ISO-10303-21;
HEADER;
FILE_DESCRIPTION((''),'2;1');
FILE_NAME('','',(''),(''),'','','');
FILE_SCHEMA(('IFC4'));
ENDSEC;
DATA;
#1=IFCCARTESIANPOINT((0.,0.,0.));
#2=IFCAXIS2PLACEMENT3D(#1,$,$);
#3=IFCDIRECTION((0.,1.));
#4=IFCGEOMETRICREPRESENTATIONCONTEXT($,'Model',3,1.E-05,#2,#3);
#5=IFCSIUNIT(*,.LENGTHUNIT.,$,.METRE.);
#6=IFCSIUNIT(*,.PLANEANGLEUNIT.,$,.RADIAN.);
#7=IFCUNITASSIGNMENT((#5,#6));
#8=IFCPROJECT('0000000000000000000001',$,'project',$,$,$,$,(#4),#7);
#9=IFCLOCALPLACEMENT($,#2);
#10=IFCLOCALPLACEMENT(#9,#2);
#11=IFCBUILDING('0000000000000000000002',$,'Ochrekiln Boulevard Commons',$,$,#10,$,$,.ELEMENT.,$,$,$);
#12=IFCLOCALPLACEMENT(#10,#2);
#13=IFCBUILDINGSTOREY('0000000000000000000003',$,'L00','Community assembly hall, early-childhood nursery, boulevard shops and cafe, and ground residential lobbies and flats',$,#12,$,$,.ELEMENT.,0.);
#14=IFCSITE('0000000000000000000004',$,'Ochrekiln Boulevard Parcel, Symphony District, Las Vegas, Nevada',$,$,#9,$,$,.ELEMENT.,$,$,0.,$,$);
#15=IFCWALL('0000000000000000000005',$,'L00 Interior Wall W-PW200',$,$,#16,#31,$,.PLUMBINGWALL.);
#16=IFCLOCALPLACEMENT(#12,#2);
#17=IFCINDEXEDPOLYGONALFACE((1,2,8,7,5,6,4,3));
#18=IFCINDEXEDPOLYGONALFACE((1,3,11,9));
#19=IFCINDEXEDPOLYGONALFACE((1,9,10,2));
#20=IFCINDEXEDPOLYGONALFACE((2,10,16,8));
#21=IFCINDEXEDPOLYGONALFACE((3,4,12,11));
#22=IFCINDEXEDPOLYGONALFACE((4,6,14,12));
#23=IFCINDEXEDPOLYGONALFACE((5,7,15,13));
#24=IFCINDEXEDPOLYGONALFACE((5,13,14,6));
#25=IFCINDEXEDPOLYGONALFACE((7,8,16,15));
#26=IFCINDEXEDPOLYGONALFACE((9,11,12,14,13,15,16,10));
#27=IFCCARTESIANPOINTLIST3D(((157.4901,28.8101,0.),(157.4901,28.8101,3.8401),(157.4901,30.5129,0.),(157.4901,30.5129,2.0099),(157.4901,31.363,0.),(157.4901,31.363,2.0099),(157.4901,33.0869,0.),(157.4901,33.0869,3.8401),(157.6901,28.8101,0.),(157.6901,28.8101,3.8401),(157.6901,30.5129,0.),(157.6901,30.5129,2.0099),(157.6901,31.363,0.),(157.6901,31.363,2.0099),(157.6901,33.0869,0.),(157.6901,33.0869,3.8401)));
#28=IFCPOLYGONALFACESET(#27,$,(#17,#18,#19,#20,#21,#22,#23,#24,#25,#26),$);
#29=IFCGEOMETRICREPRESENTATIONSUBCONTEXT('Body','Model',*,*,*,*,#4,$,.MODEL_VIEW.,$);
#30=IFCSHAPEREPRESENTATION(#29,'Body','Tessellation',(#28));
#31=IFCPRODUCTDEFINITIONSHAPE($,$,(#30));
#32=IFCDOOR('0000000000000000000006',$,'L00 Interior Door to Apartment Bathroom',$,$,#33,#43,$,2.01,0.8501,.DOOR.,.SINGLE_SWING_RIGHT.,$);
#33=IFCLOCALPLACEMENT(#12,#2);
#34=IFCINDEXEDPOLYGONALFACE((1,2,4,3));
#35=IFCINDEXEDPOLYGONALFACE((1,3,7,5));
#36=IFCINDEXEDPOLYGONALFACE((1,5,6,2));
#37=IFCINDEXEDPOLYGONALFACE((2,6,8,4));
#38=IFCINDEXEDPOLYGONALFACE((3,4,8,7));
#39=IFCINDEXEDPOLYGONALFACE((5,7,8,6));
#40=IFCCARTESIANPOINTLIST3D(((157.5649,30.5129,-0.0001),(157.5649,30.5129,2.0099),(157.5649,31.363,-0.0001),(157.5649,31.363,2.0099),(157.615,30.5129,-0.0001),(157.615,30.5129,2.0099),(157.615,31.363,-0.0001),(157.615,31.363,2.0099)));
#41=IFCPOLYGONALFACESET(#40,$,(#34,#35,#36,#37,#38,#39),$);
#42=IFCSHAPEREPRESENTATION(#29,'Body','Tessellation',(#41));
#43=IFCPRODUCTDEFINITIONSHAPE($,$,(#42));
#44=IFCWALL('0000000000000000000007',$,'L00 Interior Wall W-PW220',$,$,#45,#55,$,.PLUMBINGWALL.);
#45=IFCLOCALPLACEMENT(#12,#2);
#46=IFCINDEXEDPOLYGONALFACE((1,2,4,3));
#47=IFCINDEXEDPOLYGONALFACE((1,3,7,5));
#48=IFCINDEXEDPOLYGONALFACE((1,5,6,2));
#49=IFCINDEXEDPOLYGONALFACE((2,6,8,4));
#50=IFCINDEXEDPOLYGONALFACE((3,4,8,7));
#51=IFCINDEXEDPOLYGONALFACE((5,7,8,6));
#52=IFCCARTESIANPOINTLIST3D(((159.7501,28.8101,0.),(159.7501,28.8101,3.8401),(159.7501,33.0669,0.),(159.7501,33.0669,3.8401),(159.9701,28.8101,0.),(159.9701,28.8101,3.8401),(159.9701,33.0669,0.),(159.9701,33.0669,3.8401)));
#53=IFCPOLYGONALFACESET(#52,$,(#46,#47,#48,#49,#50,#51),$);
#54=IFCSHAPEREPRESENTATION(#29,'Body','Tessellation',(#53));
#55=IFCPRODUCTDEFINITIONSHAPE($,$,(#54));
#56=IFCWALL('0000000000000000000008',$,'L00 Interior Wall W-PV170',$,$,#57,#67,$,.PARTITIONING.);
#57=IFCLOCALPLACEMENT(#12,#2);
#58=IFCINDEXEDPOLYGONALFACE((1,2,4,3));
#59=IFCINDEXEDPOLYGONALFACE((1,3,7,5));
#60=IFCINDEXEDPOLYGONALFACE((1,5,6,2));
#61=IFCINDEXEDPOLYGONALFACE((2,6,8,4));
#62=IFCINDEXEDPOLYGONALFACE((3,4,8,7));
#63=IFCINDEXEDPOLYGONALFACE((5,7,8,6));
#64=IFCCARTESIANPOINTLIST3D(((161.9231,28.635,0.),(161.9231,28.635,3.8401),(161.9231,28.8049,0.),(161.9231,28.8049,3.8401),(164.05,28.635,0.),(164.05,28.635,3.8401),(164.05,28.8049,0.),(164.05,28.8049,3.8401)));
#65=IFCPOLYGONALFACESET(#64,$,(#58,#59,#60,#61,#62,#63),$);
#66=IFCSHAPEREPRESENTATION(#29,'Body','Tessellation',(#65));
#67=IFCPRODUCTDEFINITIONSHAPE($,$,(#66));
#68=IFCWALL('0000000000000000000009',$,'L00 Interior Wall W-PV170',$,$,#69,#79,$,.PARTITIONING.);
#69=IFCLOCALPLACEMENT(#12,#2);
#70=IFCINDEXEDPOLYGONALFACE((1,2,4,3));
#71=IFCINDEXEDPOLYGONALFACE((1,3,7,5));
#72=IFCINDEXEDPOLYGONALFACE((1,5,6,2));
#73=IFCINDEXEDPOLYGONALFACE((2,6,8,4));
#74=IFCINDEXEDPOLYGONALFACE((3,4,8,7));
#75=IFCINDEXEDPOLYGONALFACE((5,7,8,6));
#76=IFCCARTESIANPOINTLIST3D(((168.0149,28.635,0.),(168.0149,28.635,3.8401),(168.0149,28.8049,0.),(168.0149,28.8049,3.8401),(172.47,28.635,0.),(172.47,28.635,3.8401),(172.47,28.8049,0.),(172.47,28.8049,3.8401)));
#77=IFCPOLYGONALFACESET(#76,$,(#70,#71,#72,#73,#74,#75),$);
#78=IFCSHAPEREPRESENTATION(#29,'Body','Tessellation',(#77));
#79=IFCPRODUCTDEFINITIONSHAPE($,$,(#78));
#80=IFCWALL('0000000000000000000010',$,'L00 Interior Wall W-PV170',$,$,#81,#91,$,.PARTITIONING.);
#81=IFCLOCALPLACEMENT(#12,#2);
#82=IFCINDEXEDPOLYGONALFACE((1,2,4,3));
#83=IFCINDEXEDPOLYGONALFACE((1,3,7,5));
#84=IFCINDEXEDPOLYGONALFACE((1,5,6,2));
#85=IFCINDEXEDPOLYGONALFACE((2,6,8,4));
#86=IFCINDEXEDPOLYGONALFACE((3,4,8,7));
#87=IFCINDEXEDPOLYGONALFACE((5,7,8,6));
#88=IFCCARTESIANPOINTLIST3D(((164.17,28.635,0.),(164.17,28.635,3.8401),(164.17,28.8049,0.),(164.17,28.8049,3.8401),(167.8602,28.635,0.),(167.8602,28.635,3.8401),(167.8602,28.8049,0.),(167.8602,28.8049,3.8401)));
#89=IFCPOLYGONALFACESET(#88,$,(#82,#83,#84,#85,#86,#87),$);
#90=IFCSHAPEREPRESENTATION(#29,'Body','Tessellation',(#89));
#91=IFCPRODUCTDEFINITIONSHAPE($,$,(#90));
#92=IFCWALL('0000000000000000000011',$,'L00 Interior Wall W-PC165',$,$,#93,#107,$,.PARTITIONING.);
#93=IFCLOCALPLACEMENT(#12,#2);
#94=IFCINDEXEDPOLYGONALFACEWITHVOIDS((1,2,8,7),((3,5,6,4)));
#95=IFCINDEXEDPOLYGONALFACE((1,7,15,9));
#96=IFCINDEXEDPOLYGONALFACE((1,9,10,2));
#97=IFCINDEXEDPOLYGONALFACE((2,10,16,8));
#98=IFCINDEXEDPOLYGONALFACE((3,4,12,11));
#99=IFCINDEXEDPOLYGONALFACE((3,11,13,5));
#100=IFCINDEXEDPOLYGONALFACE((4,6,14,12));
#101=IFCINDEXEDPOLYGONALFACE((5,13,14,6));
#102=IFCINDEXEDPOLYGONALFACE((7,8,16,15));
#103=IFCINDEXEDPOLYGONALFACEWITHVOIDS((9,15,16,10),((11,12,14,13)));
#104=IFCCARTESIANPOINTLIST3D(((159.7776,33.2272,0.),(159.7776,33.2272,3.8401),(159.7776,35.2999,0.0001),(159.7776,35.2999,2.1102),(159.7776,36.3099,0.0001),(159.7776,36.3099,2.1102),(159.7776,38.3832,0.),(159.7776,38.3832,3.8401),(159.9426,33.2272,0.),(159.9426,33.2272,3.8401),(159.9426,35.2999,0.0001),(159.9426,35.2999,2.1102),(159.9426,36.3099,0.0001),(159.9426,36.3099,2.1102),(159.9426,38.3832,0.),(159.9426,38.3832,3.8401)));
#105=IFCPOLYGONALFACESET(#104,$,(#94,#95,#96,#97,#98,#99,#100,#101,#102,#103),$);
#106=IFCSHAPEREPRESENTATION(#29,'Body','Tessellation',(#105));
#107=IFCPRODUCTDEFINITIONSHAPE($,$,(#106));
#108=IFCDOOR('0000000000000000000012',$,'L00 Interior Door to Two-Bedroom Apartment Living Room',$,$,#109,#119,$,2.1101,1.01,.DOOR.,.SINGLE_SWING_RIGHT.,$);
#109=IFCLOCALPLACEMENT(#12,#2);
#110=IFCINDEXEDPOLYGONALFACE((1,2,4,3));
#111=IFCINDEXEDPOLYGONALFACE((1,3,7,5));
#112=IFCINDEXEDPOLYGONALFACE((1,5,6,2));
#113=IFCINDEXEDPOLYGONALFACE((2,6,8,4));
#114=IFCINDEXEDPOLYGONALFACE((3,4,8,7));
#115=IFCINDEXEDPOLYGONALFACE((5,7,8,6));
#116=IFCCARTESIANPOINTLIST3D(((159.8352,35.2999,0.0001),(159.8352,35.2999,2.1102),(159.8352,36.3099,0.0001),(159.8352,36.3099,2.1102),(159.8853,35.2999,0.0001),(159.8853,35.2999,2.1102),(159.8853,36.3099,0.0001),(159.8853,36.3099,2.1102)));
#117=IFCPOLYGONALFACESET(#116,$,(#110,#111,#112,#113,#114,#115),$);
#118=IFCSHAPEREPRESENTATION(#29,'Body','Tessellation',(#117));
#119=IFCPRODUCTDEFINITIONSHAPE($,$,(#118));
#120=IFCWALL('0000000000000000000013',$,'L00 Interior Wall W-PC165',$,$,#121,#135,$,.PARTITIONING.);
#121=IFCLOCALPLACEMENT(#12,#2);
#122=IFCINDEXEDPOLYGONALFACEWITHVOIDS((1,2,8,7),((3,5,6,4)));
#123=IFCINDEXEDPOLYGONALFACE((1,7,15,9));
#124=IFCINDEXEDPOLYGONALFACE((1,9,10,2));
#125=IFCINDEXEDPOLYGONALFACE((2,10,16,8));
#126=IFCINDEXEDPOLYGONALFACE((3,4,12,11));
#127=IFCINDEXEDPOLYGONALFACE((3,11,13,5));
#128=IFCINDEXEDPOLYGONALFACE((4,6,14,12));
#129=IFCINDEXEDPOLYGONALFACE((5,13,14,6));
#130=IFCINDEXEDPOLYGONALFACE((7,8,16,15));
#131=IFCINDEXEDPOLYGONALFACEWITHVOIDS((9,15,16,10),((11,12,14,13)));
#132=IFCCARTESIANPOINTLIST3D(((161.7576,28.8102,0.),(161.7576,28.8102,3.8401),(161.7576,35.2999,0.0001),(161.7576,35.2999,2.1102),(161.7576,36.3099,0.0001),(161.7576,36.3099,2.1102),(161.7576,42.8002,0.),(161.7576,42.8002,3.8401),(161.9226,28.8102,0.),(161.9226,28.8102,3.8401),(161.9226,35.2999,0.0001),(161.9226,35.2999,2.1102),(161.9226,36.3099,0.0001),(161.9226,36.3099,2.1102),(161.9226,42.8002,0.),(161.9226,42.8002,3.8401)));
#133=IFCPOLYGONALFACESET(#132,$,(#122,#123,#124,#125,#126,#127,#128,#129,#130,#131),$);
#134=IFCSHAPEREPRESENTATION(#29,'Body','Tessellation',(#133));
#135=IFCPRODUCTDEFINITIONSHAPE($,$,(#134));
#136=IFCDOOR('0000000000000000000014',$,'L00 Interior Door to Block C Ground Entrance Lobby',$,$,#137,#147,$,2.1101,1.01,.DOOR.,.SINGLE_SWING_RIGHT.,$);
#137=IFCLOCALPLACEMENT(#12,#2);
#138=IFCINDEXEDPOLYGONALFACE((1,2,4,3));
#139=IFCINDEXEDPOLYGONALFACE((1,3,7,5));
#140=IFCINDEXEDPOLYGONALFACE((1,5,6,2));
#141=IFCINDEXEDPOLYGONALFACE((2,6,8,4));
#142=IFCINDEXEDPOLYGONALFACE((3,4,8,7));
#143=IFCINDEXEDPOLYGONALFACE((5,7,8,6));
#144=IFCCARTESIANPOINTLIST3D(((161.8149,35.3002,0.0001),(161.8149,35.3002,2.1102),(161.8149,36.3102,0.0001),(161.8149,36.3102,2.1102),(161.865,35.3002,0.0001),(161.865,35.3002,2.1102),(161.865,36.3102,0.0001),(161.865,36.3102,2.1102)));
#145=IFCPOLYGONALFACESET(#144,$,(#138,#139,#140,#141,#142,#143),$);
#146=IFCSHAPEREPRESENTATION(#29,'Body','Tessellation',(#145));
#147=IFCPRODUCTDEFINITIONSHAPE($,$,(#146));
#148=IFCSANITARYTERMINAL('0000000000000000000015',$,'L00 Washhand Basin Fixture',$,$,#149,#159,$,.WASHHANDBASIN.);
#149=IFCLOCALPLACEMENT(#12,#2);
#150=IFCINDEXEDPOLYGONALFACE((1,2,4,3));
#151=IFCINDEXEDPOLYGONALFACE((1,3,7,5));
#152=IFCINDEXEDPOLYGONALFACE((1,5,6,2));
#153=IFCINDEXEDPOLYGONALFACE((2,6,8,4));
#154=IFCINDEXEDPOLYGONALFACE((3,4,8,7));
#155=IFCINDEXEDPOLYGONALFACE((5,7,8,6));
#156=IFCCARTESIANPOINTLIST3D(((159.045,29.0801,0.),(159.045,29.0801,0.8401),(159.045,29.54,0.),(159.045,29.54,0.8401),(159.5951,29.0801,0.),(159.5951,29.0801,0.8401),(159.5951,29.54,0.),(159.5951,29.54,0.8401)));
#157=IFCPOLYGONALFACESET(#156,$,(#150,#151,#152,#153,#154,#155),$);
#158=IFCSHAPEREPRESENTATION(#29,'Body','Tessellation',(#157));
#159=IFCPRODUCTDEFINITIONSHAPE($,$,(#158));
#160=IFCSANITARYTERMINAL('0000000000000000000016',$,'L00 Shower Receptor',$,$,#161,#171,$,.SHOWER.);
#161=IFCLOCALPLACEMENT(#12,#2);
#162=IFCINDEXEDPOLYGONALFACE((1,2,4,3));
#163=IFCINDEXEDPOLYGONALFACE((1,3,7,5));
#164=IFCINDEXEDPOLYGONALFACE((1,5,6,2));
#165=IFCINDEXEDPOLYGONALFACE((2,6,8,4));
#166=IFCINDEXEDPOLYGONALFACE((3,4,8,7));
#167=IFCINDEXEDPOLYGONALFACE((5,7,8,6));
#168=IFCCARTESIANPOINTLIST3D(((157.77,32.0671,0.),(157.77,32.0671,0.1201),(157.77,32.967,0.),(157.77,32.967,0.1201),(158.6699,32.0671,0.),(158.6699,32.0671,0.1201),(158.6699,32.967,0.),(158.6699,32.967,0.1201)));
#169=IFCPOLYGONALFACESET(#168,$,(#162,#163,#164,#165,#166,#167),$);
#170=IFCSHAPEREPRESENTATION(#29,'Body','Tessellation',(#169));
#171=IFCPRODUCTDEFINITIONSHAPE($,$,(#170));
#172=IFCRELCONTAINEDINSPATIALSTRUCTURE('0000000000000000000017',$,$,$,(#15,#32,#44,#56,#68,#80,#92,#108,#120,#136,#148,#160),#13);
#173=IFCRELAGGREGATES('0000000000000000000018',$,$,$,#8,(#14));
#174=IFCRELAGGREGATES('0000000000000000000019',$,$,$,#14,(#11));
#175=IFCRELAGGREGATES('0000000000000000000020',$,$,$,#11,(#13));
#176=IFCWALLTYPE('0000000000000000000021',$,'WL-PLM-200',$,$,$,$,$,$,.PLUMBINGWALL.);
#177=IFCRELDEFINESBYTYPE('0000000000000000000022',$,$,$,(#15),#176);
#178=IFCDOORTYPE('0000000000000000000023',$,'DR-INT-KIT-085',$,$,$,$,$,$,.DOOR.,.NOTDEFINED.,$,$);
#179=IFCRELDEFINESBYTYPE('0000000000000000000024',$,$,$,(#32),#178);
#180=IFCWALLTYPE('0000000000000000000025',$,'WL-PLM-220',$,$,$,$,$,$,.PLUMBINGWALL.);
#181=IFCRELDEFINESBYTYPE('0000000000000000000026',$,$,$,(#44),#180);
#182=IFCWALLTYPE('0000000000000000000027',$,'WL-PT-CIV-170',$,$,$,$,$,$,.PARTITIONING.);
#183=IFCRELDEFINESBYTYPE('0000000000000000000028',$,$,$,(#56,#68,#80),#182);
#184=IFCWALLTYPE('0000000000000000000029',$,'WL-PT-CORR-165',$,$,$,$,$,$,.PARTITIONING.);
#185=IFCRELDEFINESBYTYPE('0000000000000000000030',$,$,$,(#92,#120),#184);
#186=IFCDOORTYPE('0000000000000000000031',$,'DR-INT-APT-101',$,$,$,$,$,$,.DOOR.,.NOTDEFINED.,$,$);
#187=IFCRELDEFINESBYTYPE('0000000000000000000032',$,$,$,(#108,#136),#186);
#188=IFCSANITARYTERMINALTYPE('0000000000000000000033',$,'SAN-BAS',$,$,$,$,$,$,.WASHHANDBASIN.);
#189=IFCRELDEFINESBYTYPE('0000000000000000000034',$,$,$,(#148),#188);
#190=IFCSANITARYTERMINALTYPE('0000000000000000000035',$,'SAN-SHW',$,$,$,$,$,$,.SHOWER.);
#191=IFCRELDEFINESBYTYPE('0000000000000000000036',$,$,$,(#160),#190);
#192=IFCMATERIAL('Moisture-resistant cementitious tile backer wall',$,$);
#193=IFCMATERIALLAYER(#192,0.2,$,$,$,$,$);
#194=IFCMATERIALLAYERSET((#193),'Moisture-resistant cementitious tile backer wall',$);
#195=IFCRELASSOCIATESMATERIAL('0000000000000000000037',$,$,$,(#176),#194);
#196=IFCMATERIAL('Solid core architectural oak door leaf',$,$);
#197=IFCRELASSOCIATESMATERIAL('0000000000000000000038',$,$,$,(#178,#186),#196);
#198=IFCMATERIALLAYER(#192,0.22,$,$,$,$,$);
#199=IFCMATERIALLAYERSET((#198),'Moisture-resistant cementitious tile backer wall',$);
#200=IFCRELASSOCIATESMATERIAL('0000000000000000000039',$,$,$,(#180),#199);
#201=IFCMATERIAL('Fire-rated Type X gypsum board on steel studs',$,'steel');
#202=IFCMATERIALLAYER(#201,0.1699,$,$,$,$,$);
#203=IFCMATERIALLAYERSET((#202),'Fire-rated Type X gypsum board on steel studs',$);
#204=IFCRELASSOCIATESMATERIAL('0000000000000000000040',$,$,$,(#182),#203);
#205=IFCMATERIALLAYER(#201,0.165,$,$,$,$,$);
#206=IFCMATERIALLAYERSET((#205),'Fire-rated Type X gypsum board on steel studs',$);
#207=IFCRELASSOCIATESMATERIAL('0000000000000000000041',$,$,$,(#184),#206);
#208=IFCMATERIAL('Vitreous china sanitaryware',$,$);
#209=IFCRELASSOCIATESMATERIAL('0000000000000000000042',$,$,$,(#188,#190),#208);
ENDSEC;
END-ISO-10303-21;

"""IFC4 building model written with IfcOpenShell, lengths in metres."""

from ifc_helpers import new_model, si_unit, direction, frame, frame_2d, origin, origin_2d, place, context, subcontext, project, spatial, rectangle, extrude, material, layer, layer_set, type_object, element, fill, save


model = new_model("IFC4")

# Units and contexts
model_context = context("Model", 3, precision=1e-05, world=origin(), true_north=direction((0.0, 1.0)))
body_context = subcontext(model_context, "Body", "Model", "MODEL_VIEW")
ifc_project = project(units=[si_unit("LENGTHUNIT", "METRE"), si_unit("PLANEANGLEUNIT", "RADIAN")], contexts=[model_context])

# Site, building, storey
site_placement = place(None, origin())
site = spatial("IfcSite", under=ifc_project, at=site_placement, Name="Ochrekiln Boulevard Parcel, Symphony District, Las Vegas, Nevada", CompositionType="ELEMENT", RefElevation=0.0)
building_placement = place(site_placement, origin())
building = spatial("IfcBuilding", under=site, at=building_placement, Name="Ochrekiln Boulevard Commons", CompositionType="ELEMENT")
storey_placement = place(building_placement, origin())
storey = spatial("IfcBuildingStorey", under=building, at=storey_placement, Name="L00", Description="Community assembly hall, early-childhood nursery, boulevard shops and cafe, and ground residential lobbies and flats", CompositionType="ELEMENT", Elevation=0.0)

# Shared definitions
ifc_material_1 = material(Name="Moisture-resistant cementitious tile backer wall")
ifc_layer_1 = layer(ifc_material_1, 0.2)
ifc_layer_set_1 = layer_set([ifc_layer_1], Name="Moisture-resistant cementitious tile backer wall")
wall_type_1 = type_object("IfcWallType", Name="WL-PLM-200", PredefinedType="PLUMBINGWALL", material=ifc_layer_set_1)

# Wall, opening, door
ifc_material_2 = material(Name="Solid core architectural oak door leaf")
wall_1_placement = place(storey_placement, frame((157.5901, 28.8101, 0.0), z_axis=(0.0, 0.0, 1.0), x_axis=(0.0, 1.0, 0.0)))
wall_1 = element("IfcWall", 1, at=wall_1_placement, inside=storey, type_object=wall_type_1, Name="L00 Interior Wall W-PW200", PredefinedType="PLUMBINGWALL", context=body_context, shape_type="SweptSolid", body=[
    extrude(rectangle(XDim=4.2769, YDim=0.2, at=frame_2d((2.1384, 0.0))), origin(), (0.0, 0.0, 1.0), 3.8401),
])
opening_1_placement = place(wall_1_placement, frame((1.7029, 0.0, 0.0)))
opening_1 = element("IfcOpeningElement", 2, at=opening_1_placement, cuts=wall_1, PredefinedType="OPENING", context=body_context, shape_type="SweptSolid", body=[
    extrude(rectangle(XDim=0.8501, YDim=2.01, at=frame_2d((0.425, 1.0049))), frame((0.0, 0.1099, 0.0), z_axis=(0.0, -1.0, 0.0), x_axis=(1.0, 0.0, 0.0)), (0.0, 0.0, 1.0), 0.22),
])
door_type_1 = type_object("IfcDoorType", Name="DR-INT-KIT-085", OperationType="NOTDEFINED", PredefinedType="DOOR", material=ifc_material_2)
door_1_placement = place(opening_1_placement, frame((0.8501, 0.0, 0.0), z_axis=(0.0, 0.0, 1.0), x_axis=(-1.0, 0.0, 0.0)))
door_1 = element("IfcDoor", 3, at=door_1_placement, inside=storey, type_object=door_type_1, Name="L00 Interior Door to Apartment Bathroom", OperationType="SINGLE_SWING_RIGHT", OverallHeight=2.01, OverallWidth=0.8501, PredefinedType="DOOR", context=body_context, shape_type="SweptSolid", body=[
    extrude(rectangle(XDim=0.8501, YDim=2.01, at=frame_2d((0.425, 1.0049))), frame((0.0, 0.0249, 0.0), z_axis=(0.0, -1.0, 0.0), x_axis=(1.0, 0.0, 0.0)), (0.0, 0.0, 1.0), 0.05),
])
fill(opening_1, door_1)

# Walls
ifc_layer_2 = layer(ifc_material_1, 0.22)
ifc_layer_set_2 = layer_set([ifc_layer_2], Name="Moisture-resistant cementitious tile backer wall")
wall_type_2 = type_object("IfcWallType", Name="WL-PLM-220", PredefinedType="PLUMBINGWALL", material=ifc_layer_set_2)
wall_2_placement = place(storey_placement, frame((159.8601, 28.8101, 0.0), z_axis=(0.0, 0.0, 1.0), x_axis=(0.0, 1.0, 0.0)))
element("IfcWall", 4, at=wall_2_placement, inside=storey, type_object=wall_type_2, Name="L00 Interior Wall W-PW220", PredefinedType="PLUMBINGWALL", context=body_context, shape_type="SweptSolid", body=[
    extrude(rectangle(XDim=4.2568, YDim=0.22, at=frame_2d((2.1284, 0.0))), origin(), (0.0, 0.0, 1.0), 3.8401),
])
ifc_material_3 = material(Name="Fire-rated Type X gypsum board on steel studs", Category="steel")
ifc_layer_3 = layer(ifc_material_3, 0.1699)
ifc_layer_set_3 = layer_set([ifc_layer_3], Name="Fire-rated Type X gypsum board on steel studs")
wall_type_3 = type_object("IfcWallType", Name="WL-PT-CIV-170", PredefinedType="PARTITIONING", material=ifc_layer_set_3)
wall_3_placement = place(storey_placement, frame((161.9231, 28.72, 0.0), z_axis=(0.0, 0.0, 1.0), x_axis=(1.0, 0.0, 0.0)))
element("IfcWall", 5, at=wall_3_placement, inside=storey, type_object=wall_type_3, Name="L00 Interior Wall W-PV170", PredefinedType="PARTITIONING", context=body_context, shape_type="SweptSolid", body=[
    extrude(rectangle(XDim=2.127, YDim=0.1699, at=frame_2d((1.0635, 0.0))), origin(), (0.0, 0.0, 1.0), 3.8401),
])
wall_4_placement = place(storey_placement, frame((168.0149, 28.72, 0.0), z_axis=(0.0, 0.0, 1.0), x_axis=(1.0, 0.0, 0.0)))
element("IfcWall", 6, at=wall_4_placement, inside=storey, type_object=wall_type_3, Name="L00 Interior Wall W-PV170", PredefinedType="PARTITIONING", context=body_context, shape_type="SweptSolid", body=[
    extrude(rectangle(XDim=4.4551, YDim=0.1699, at=frame_2d((2.2275, 0.0))), origin(), (0.0, 0.0, 1.0), 3.8401),
])
wall_5_placement = place(storey_placement, frame((164.1699, 28.72, 0.0), z_axis=(0.0, 0.0, 1.0), x_axis=(1.0, 0.0, 0.0)))
element("IfcWall", 7, at=wall_5_placement, inside=storey, type_object=wall_type_3, Name="L00 Interior Wall W-PV170", PredefinedType="PARTITIONING", context=body_context, shape_type="SweptSolid", body=[
    extrude(rectangle(XDim=3.6902, YDim=0.1699, at=frame_2d((1.8452, 0.0))), origin(), (0.0, 0.0, 1.0), 3.8401),
])

# Walls, openings, doors
ifc_layer_4 = layer(ifc_material_3, 0.165)
ifc_layer_set_4 = layer_set([ifc_layer_4], Name="Fire-rated Type X gypsum board on steel studs")
wall_type_4 = type_object("IfcWallType", Name="WL-PT-CORR-165", PredefinedType="PARTITIONING", material=ifc_layer_set_4)
wall_6_placement = place(storey_placement, frame((159.8601, 33.2271, 0.0), z_axis=(0.0, 0.0, 1.0), x_axis=(0.0, 1.0, 0.0)))
wall_6 = element("IfcWall", 8, at=wall_6_placement, inside=storey, type_object=wall_type_4, Name="L00 Interior Wall W-PC165", PredefinedType="PARTITIONING", context=body_context, shape_type="SweptSolid", body=[
    extrude(rectangle(XDim=5.156, YDim=0.165, at=frame_2d((2.5781, 0.0))), origin(), (0.0, 0.0, 1.0), 3.8401),
])
opening_2_placement = place(wall_6_placement, frame((2.073, 0.0, 0.0)))
opening_2 = element("IfcOpeningElement", 9, at=opening_2_placement, cuts=wall_6, PredefinedType="OPENING", context=body_context, shape_type="SweptSolid", body=[
    extrude(rectangle(XDim=1.01, YDim=2.1101, at=frame_2d((0.5049, 1.0552))), frame((0.0, 0.0925, 0.0), z_axis=(0.0, -1.0, 0.0), x_axis=(1.0, 0.0, 0.0)), (0.0, 0.0, 1.0), 0.1851),
])
door_type_2 = type_object("IfcDoorType", Name="DR-INT-APT-101", OperationType="NOTDEFINED", PredefinedType="DOOR", material=ifc_material_2)
door_2_placement = place(opening_2_placement, origin())
door_2 = element("IfcDoor", 10, at=door_2_placement, inside=storey, type_object=door_type_2, Name="L00 Interior Door to Two-Bedroom Apartment Living Room", OperationType="SINGLE_SWING_RIGHT", OverallHeight=2.1101, OverallWidth=1.01, PredefinedType="DOOR", context=body_context, shape_type="SweptSolid", body=[
    extrude(rectangle(XDim=1.01, YDim=2.1101, at=frame_2d((0.5049, 1.0552))), frame((0.0, 0.0249, 0.0), z_axis=(0.0, -1.0, 0.0), x_axis=(1.0, 0.0, 0.0)), (0.0, 0.0, 1.0), 0.05),
])
fill(opening_2, door_2)
wall_7_placement = place(storey_placement, frame((161.8401, 28.8101, 0.0), z_axis=(0.0, 0.0, 1.0), x_axis=(0.0, 1.0, 0.0)))
wall_7 = element("IfcWall", 11, at=wall_7_placement, inside=storey, type_object=wall_type_4, Name="L00 Interior Wall W-PC165", PredefinedType="PARTITIONING", context=body_context, shape_type="SweptSolid", body=[
    extrude(rectangle(XDim=13.99, YDim=0.165, at=frame_2d((6.9951, 0.0))), origin(), (0.0, 0.0, 1.0), 3.8401),
])
opening_3_placement = place(wall_7_placement, frame((6.49, 0.0, 0.0)))
opening_3 = element("IfcOpeningElement", 12, at=opening_3_placement, cuts=wall_7, PredefinedType="OPENING", context=body_context, shape_type="SweptSolid", body=[
    extrude(rectangle(XDim=1.01, YDim=2.1101, at=frame_2d((0.5049, 1.0552))), frame((0.0, 0.0925, 0.0), z_axis=(0.0, -1.0, 0.0), x_axis=(1.0, 0.0, 0.0)), (0.0, 0.0, 1.0), 0.1851),
])
door_3_placement = place(opening_3_placement, frame((1.01, 0.0, 0.0), z_axis=(0.0, 0.0, 1.0), x_axis=(-1.0, 0.0, 0.0)))
door_3 = element("IfcDoor", 13, at=door_3_placement, inside=storey, type_object=door_type_2, Name="L00 Interior Door to Block C Ground Entrance Lobby", OperationType="SINGLE_SWING_RIGHT", OverallHeight=2.1101, OverallWidth=1.01, PredefinedType="DOOR", context=body_context, shape_type="SweptSolid", body=[
    extrude(rectangle(XDim=1.01, YDim=2.1101, at=frame_2d((0.5049, 1.0552))), frame((0.0, 0.0249, 0.0), z_axis=(0.0, -1.0, 0.0), x_axis=(1.0, 0.0, 0.0)), (0.0, 0.0, 1.0), 0.05),
])
fill(opening_3, door_3)

# Sanitary terminals
ifc_material_4 = material(Name="Vitreous china sanitaryware")
sanitary_terminal_type_1 = type_object("IfcSanitaryTerminalType", Name="SAN-BAS", PredefinedType="WASHHANDBASIN", material=ifc_material_4)
sanitary_terminal_1_placement = place(storey_placement, frame((159.3201, 29.3101, 0.0), z_axis=(0.0, 0.0, 1.0), x_axis=(1.0, 0.0, 0.0)))
element("IfcSanitaryTerminal", 14, at=sanitary_terminal_1_placement, inside=storey, type_object=sanitary_terminal_type_1, Name="L00 Washhand Basin Fixture", PredefinedType="WASHHANDBASIN", context=body_context, shape_type="SweptSolid", body=[
    extrude(rectangle(XDim=0.55, YDim=0.46, at=origin_2d()), origin(), (0.0, 0.0, 1.0), 0.8401),
])
sanitary_terminal_type_2 = type_object("IfcSanitaryTerminalType", Name="SAN-SHW", PredefinedType="SHOWER", material=ifc_material_4)
sanitary_terminal_2_placement = place(storey_placement, frame((158.22, 32.5171, 0.0), z_axis=(0.0, 0.0, 1.0), x_axis=(1.0, 0.0, 0.0)))
element("IfcSanitaryTerminal", 15, at=sanitary_terminal_2_placement, inside=storey, type_object=sanitary_terminal_type_2, Name="L00 Shower Receptor", PredefinedType="SHOWER", context=body_context, shape_type="SweptSolid", body=[
    extrude(rectangle(XDim=0.8999, YDim=0.8999, at=origin_2d()), origin(), (0.0, 0.0, 1.0), 0.1201),
])

save(model, "model.ifc")
